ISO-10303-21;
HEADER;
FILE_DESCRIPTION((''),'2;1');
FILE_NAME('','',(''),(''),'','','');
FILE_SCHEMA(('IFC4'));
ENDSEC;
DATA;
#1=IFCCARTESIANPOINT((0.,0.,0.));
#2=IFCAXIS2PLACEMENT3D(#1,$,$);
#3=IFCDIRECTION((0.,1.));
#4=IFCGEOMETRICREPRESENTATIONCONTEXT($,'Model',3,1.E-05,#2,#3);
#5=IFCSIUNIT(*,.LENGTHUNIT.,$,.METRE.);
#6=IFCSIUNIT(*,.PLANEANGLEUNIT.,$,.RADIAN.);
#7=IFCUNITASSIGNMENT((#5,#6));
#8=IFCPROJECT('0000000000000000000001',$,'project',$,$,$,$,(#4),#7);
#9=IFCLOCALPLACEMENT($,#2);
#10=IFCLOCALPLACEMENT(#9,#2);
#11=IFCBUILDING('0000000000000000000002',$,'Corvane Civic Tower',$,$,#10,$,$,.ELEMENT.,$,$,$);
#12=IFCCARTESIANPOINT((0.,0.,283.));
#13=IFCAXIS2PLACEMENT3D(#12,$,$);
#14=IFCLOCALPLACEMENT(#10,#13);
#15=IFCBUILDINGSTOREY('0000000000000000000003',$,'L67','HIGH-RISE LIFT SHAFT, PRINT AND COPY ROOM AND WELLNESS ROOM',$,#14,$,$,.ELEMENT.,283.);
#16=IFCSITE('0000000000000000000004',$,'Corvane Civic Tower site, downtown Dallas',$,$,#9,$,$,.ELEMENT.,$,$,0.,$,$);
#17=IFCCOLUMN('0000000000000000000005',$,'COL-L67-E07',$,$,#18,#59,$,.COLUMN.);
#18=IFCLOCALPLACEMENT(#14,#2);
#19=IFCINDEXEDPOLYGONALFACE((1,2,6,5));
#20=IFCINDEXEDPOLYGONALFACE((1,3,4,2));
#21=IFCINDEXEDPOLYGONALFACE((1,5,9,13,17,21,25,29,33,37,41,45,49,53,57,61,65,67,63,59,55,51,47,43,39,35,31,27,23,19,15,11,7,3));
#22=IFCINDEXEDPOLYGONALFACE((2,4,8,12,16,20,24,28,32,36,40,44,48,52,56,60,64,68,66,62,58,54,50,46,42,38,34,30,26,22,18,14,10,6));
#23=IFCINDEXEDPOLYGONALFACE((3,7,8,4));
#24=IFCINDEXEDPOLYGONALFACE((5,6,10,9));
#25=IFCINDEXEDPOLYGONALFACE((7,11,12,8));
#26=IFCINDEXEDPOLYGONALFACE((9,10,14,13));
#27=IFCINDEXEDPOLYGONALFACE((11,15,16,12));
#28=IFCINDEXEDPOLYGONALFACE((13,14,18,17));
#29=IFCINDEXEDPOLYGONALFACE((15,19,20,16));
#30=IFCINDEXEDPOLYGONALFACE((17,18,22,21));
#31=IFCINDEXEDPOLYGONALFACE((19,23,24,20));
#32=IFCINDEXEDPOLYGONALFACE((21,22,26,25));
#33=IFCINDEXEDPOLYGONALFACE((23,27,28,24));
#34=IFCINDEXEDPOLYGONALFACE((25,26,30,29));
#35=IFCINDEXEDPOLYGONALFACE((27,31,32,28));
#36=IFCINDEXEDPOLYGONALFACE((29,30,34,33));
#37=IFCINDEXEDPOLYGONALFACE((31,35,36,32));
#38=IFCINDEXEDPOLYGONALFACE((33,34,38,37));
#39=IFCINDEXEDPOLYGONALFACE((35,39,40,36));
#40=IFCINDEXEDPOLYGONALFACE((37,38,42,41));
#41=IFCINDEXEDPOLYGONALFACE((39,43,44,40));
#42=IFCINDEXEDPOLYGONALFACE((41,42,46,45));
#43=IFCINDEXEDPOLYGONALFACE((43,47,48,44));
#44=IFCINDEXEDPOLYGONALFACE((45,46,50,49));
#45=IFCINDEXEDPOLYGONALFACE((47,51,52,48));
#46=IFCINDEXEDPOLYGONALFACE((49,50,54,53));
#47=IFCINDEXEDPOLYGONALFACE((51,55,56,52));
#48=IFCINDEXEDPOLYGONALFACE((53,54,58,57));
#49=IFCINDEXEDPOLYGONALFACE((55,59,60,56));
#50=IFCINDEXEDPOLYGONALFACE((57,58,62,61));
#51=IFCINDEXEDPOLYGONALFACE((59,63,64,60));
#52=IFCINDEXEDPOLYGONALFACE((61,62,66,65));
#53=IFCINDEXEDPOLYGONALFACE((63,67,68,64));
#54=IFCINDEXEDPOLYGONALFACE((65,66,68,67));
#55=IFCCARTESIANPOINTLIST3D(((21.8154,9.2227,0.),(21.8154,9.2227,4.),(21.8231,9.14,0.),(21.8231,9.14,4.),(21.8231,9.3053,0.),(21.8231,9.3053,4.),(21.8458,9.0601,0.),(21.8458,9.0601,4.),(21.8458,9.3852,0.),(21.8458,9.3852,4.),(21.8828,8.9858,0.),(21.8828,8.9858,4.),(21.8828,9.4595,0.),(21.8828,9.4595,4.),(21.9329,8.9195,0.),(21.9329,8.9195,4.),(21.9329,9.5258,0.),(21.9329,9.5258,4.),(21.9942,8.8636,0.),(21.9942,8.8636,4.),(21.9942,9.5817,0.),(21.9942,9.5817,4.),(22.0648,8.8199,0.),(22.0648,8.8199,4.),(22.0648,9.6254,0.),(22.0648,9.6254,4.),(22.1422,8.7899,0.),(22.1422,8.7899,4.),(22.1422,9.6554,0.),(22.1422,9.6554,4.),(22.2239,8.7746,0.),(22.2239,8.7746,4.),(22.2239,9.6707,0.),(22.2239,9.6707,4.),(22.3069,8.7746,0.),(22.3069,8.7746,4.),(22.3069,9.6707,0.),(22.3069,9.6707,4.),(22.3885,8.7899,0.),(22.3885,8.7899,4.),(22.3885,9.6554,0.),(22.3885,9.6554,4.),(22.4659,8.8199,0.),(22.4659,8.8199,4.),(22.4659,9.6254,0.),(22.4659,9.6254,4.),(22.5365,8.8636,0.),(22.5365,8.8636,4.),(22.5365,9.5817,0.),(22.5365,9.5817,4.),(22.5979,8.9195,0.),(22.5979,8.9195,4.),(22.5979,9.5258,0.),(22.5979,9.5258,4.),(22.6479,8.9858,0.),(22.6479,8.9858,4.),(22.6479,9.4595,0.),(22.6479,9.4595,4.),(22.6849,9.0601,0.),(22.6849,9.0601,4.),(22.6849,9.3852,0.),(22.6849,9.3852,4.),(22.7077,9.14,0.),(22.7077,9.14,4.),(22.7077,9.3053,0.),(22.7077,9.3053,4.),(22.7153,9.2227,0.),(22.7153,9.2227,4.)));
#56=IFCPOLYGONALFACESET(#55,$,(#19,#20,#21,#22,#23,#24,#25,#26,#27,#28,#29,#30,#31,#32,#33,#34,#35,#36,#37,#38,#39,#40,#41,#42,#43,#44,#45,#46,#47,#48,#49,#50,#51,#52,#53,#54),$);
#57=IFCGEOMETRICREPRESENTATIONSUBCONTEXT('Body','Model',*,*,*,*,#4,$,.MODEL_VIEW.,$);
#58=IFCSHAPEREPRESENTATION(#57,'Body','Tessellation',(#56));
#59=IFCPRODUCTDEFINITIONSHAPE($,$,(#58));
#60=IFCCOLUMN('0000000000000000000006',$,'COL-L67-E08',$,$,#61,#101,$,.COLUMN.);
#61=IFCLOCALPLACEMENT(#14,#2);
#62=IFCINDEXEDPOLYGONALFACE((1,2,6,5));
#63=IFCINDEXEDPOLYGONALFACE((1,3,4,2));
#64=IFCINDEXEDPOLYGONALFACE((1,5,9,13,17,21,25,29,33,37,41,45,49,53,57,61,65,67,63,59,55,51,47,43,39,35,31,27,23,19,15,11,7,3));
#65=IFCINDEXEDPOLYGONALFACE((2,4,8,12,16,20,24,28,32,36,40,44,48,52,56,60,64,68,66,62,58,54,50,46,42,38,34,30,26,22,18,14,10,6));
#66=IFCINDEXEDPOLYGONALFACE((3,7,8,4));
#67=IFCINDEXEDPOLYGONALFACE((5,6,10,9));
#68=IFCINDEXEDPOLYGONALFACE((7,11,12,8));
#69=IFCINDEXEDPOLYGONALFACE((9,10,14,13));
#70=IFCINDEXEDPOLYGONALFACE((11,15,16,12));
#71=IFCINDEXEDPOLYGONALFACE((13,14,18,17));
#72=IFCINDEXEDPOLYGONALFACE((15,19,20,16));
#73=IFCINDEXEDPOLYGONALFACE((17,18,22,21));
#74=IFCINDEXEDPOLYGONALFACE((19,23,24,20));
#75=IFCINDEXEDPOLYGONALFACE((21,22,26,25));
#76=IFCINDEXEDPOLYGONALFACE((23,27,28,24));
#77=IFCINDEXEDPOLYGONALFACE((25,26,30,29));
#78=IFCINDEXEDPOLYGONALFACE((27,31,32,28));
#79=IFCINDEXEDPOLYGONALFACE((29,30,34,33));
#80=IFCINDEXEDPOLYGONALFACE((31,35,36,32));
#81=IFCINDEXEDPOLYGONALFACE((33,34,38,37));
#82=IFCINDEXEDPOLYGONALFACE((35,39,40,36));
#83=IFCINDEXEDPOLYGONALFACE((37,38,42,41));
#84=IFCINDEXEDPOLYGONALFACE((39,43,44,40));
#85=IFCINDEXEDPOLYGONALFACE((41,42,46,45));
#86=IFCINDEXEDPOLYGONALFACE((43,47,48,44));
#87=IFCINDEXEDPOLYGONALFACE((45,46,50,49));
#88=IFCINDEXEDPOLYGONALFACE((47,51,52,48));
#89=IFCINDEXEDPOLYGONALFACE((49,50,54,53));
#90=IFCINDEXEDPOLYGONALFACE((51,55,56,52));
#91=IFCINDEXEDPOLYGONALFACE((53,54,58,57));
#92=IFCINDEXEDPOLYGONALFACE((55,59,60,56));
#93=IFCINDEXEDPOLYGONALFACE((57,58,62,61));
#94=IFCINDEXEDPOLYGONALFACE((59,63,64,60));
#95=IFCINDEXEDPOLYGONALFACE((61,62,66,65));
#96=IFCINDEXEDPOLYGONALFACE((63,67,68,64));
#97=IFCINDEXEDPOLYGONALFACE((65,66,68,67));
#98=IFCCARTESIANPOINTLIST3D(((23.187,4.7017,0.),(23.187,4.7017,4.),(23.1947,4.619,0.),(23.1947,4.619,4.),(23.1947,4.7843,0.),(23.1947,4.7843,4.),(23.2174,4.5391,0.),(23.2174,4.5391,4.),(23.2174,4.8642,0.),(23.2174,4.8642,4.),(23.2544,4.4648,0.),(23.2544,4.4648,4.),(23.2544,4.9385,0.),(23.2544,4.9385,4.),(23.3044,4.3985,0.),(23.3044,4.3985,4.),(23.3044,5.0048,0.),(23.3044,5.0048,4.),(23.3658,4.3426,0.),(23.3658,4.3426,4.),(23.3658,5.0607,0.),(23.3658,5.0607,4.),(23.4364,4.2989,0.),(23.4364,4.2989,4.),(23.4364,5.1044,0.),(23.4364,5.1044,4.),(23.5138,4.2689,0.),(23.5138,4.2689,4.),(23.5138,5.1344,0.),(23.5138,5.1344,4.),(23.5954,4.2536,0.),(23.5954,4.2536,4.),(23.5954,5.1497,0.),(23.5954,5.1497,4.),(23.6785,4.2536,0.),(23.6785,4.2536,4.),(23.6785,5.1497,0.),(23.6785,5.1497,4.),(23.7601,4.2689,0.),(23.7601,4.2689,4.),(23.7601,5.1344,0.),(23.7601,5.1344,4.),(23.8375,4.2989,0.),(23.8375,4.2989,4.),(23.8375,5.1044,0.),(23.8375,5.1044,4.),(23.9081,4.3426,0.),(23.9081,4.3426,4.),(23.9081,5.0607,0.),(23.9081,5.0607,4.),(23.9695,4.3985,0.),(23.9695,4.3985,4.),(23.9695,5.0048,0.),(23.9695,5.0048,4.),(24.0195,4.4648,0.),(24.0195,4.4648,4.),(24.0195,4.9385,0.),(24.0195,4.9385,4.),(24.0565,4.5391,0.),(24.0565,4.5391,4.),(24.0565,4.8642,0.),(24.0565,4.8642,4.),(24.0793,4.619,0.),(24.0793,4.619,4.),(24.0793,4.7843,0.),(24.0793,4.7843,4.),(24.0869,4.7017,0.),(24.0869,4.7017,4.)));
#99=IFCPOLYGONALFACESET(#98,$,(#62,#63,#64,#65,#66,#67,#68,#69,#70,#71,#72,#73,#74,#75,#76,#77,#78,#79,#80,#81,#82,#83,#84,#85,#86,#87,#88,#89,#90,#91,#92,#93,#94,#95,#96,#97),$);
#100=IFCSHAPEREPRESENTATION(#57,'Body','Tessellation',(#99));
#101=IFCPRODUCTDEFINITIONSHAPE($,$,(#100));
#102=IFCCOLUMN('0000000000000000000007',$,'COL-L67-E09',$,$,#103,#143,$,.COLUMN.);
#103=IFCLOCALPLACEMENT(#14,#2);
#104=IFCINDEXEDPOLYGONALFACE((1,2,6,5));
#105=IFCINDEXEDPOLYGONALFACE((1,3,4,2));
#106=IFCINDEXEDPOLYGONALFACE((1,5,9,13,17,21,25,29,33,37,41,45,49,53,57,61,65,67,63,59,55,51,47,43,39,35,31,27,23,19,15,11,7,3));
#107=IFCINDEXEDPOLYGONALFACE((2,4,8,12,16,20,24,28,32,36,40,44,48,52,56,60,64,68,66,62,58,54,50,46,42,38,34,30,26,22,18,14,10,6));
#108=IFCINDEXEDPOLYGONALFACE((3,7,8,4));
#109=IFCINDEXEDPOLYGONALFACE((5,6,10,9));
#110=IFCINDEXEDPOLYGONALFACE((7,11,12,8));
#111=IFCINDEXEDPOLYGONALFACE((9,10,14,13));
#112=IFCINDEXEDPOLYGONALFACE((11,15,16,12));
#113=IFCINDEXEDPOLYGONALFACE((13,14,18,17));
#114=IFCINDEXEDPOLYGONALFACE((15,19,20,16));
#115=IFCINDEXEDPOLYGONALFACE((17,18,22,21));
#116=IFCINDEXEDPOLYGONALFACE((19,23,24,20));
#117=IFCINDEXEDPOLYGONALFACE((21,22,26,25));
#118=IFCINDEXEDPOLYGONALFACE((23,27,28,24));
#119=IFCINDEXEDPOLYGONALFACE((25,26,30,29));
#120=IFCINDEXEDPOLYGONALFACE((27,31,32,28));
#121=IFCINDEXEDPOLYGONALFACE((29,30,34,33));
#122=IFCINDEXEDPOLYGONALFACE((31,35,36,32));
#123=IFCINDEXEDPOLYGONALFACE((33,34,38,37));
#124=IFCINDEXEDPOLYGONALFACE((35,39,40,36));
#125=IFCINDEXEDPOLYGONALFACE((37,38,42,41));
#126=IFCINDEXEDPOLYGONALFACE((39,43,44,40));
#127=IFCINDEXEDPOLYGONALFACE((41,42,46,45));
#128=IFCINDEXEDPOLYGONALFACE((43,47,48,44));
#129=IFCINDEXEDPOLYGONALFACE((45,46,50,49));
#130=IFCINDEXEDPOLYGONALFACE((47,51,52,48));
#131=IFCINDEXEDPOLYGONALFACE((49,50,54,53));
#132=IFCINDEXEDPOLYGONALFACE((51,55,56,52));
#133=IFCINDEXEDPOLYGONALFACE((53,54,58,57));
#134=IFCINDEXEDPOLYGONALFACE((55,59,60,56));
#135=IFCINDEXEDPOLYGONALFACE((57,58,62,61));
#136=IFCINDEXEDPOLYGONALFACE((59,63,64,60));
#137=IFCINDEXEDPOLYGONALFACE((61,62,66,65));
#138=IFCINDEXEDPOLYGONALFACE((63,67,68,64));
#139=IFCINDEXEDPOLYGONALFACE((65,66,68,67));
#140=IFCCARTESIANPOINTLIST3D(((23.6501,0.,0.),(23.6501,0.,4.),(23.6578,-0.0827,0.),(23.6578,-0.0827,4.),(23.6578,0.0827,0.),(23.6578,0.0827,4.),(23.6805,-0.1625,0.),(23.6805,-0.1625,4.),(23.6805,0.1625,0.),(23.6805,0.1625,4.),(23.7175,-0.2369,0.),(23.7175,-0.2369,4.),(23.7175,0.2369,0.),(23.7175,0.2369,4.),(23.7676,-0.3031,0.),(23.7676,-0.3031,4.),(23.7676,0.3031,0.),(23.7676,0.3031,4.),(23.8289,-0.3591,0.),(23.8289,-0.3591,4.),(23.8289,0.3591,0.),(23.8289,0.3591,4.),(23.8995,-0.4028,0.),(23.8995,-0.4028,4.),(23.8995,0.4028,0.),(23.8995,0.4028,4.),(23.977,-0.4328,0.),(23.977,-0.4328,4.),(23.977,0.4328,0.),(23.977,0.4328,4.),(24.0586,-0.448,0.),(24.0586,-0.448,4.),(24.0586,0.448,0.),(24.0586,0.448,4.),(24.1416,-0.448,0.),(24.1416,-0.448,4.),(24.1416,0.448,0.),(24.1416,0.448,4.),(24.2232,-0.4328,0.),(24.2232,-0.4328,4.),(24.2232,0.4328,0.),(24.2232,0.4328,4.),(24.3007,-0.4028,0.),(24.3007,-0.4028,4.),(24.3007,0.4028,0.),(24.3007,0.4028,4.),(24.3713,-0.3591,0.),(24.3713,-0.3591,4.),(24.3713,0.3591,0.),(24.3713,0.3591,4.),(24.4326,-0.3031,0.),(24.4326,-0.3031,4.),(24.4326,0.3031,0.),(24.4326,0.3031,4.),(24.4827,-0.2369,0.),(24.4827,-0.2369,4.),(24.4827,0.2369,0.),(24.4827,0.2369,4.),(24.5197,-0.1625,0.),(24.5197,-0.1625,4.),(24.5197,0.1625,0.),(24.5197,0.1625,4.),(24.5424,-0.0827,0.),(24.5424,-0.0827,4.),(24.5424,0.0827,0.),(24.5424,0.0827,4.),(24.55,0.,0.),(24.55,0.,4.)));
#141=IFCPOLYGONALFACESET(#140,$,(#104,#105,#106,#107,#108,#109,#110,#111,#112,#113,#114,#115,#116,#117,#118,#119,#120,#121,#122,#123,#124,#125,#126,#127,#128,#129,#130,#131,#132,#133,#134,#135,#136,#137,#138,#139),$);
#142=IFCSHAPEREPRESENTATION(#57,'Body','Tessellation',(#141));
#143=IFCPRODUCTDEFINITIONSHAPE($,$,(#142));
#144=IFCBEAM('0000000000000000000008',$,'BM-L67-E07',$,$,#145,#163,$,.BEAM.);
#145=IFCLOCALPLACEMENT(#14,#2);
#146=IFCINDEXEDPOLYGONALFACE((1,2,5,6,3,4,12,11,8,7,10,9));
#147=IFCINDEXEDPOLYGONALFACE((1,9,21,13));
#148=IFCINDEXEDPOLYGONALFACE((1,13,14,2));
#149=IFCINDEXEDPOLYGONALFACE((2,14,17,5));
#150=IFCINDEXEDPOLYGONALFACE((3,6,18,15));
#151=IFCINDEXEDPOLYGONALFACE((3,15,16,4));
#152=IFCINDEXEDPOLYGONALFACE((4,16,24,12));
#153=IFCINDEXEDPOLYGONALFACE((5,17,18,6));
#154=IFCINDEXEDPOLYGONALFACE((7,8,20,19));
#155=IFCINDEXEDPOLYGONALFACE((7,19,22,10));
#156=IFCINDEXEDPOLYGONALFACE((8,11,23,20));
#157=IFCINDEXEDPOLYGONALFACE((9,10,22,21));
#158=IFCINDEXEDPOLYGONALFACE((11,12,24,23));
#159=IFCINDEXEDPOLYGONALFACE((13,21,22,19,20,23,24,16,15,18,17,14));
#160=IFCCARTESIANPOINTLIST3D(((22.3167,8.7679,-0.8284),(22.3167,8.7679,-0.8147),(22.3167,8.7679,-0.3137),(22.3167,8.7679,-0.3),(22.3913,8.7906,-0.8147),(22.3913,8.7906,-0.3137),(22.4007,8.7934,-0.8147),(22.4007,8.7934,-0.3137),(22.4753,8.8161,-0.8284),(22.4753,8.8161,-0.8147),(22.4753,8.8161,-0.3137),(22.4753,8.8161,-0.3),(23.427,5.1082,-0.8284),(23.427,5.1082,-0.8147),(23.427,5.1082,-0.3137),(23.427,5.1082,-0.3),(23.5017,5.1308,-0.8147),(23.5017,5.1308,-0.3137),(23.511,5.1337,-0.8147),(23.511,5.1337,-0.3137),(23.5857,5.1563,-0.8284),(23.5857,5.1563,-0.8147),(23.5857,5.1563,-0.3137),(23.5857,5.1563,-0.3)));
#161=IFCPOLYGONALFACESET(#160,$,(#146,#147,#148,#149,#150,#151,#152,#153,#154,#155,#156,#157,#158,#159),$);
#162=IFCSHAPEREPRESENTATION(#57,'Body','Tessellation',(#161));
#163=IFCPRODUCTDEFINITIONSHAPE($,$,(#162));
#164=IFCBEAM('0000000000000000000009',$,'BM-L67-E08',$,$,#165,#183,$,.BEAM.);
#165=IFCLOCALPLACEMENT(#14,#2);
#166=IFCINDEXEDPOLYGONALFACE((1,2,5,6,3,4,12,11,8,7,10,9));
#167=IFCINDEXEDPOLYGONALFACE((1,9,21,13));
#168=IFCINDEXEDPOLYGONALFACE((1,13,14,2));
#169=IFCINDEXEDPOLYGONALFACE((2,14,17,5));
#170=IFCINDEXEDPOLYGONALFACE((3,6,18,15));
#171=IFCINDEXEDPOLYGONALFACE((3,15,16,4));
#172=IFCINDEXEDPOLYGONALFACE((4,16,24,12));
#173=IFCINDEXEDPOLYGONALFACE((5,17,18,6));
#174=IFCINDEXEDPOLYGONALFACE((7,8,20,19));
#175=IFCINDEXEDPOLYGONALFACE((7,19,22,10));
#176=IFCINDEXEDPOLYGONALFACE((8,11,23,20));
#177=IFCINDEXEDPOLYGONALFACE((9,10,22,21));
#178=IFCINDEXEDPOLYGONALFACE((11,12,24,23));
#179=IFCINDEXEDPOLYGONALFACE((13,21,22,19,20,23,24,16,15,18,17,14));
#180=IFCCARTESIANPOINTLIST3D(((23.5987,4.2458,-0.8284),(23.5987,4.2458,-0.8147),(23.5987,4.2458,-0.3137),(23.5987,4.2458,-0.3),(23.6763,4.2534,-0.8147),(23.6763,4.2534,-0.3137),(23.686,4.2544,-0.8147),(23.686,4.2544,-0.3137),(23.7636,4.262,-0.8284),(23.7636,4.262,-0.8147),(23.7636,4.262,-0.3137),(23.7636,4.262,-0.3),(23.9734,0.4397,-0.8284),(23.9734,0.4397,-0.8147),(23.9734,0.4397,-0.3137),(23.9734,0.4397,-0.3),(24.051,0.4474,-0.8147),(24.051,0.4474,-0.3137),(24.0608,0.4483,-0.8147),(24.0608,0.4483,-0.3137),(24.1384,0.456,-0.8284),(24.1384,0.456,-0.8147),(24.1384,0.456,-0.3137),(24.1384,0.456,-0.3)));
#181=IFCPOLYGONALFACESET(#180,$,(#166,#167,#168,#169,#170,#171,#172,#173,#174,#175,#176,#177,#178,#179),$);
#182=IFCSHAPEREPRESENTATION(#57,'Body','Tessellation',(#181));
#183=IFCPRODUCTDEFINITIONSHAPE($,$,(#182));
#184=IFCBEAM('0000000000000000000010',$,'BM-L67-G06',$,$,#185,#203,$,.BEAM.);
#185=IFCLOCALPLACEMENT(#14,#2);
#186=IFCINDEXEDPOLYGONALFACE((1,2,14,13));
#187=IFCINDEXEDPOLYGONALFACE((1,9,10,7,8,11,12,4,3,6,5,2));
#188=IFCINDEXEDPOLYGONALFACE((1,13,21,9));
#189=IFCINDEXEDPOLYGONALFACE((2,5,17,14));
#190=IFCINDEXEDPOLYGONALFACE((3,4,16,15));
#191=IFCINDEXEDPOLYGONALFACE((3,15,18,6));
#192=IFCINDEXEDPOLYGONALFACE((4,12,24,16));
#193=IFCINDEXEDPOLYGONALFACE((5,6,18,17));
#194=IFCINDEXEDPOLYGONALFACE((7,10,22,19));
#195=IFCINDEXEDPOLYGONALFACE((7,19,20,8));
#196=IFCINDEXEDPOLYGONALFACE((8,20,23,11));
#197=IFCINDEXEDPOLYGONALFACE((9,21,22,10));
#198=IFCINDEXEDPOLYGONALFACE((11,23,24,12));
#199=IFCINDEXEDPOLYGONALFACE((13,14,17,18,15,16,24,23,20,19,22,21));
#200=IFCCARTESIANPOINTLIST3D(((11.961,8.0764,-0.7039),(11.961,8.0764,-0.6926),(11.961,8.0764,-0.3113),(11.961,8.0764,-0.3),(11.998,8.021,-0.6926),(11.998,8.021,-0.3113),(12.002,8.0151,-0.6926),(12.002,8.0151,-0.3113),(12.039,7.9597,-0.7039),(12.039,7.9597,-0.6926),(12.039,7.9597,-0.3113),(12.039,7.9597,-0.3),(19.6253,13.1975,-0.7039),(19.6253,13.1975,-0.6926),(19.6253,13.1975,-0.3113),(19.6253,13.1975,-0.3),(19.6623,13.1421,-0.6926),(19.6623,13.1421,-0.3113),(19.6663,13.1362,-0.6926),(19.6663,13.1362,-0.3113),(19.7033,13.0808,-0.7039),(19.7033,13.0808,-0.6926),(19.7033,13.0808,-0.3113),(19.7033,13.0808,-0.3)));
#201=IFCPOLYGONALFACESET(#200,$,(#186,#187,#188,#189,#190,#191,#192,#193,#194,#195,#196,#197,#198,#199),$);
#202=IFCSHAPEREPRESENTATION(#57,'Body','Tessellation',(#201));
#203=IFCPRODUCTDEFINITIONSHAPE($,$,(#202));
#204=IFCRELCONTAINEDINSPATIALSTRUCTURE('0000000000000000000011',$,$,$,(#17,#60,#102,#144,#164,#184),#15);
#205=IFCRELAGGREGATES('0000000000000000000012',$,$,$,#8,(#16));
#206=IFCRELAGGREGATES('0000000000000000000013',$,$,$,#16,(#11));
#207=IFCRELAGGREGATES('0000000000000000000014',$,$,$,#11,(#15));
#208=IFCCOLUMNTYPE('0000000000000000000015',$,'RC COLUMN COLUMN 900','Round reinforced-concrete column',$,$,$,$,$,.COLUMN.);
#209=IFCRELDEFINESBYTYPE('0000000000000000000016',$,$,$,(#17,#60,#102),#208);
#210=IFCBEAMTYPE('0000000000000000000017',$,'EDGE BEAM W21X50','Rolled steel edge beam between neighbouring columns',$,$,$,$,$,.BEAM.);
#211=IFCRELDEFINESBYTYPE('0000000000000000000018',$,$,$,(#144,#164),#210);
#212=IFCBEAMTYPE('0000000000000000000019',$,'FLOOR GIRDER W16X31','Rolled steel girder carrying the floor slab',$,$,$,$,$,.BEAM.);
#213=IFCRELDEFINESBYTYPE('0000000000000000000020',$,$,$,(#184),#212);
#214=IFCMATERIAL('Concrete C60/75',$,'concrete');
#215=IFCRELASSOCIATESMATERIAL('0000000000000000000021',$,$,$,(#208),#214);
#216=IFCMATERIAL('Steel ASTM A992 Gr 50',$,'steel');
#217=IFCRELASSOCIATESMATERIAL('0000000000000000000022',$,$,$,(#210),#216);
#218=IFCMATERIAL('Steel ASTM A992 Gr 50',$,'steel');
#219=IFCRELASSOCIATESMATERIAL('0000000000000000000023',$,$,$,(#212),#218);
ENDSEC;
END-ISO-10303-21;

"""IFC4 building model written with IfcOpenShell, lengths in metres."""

from ifc_helpers import new_model, si_unit, direction, frame, origin, origin_2d, place, context, subcontext, project, spatial, circle, i_section, extrude, material, material_profile, profile_set, type_object, element, save


model = new_model("IFC4")

# Units and contexts
model_context = context("Model", 3, precision=1e-05, world=origin(), true_north=direction((0.0, 1.0)))
body_context = subcontext(model_context, "Body", "Model", "MODEL_VIEW")
ifc_project = project(units=[si_unit("LENGTHUNIT", "METRE"), si_unit("PLANEANGLEUNIT", "RADIAN")], contexts=[model_context])

# Site, building, storey
site_placement = place(None, origin())
site = spatial("IfcSite", under=ifc_project, at=site_placement, Name="Corvane Civic Tower site, downtown Dallas", CompositionType="ELEMENT", RefElevation=0.0)
building_placement = place(site_placement, origin())
building = spatial("IfcBuilding", under=site, at=building_placement, Name="Corvane Civic Tower", CompositionType="ELEMENT")
storey_placement = place(building_placement, frame((0.0, 0.0, 283.0)))
storey = spatial("IfcBuildingStorey", under=building, at=storey_placement, Name="L67", Description="HIGH-RISE LIFT SHAFT, PRINT AND COPY ROOM AND WELLNESS ROOM", CompositionType="ELEMENT", Elevation=283.0)

# Columns
ifc_material_1 = material(Name="Concrete C60/75", Category="concrete")
ifc_material_profile_1 = material_profile(ifc_material_1, circle(Radius=0.45, at=origin_2d()), Name="COLUMN 900")
ifc_profile_set_1 = profile_set([ifc_material_profile_1], Name="Concrete C60/75")
column_type = type_object("IfcColumnType", Name="RC COLUMN COLUMN 900", Description="Round reinforced-concrete column", PredefinedType="COLUMN", material=ifc_profile_set_1)
for number, where, z_axis, x_axis, name in (
    (1, (22.2654, 9.2227, 0.0), (0.0, 0.0, 1.0), (1.0, 0.0, 0.0), "COL-L67-E07"),
    (2, (23.637, 4.7017, 0.0), (0.0, 0.0, 1.0), (1.0, 0.0, 0.0), "COL-L67-E08"),
    (3, (24.1001, 0.0, 0.0), (0.0, 0.0, 1.0), (1.0, 0.0, 0.0), "COL-L67-E09"),
):
    element("IfcColumn", number, at=place(storey_placement, frame(where, z_axis=z_axis, x_axis=x_axis)), inside=storey, type_object=column_type, Name=name, PredefinedType="COLUMN", context=body_context, shape_type="SweptSolid", body=[
        extrude(circle(Radius=0.45, at=origin_2d()), origin(), (0.0, 0.0, 1.0), 4.0),
    ])

# Beams
ifc_material_2 = material(Name="Steel ASTM A992 Gr 50", Category="steel")
ifc_material_profile_2 = material_profile(ifc_material_2, i_section(OverallWidth=0.1658, OverallDepth=0.5283, WebThickness=0.0098, FlangeThickness=0.0137, at=origin_2d()), Name="W21X50")
ifc_profile_set_2 = profile_set([ifc_material_profile_2], Name="Steel ASTM A992 Gr 50")
beam_type_1 = type_object("IfcBeamType", Name="EDGE BEAM W21X50", Description="Rolled steel edge beam between neighbouring columns", PredefinedType="BEAM", material=ifc_profile_set_2)
for number, where, z_axis, x_axis, name in (
    (4, (22.396, 8.792, -0.5642), (0.290333, -0.956926, 0.0), (0.956926, 0.290333, 0.0), "BM-L67-E07"),
    (5, (23.6812, 4.2539, -0.5642), (0.097987, -0.995188, 0.0), (0.995188, 0.097987, 0.0), "BM-L67-E08"),
):
    element("IfcBeam", number, at=place(storey_placement, frame(where, z_axis=z_axis, x_axis=x_axis)), inside=storey, type_object=beam_type_1, Name=name, PredefinedType="BEAM", context=body_context, shape_type="SweptSolid", body=[
        extrude(i_section(OverallWidth=0.1658, OverallDepth=0.5283, WebThickness=0.0098, FlangeThickness=0.0137, at=origin_2d()), origin(), (0.0, 0.0, 1.0), 3.8245),
    ])
ifc_material_3 = material(Name="Steel ASTM A992 Gr 50", Category="steel")
ifc_material_profile_3 = material_profile(ifc_material_3, i_section(OverallWidth=0.1404, OverallDepth=0.4038, WebThickness=0.0071, FlangeThickness=0.0112, at=origin_2d()), Name="W16X31")
ifc_profile_set_3 = profile_set([ifc_material_profile_3], Name="Steel ASTM A992 Gr 50")
beam_type_2 = type_object("IfcBeamType", Name="FLOOR GIRDER W16X31", Description="Rolled steel girder carrying the floor slab", PredefinedType="BEAM", material=ifc_profile_set_3)
beam_1_placement = place(storey_placement, frame((12.0, 8.0181, -0.502), z_axis=(0.831471, 0.555568, 0.0), x_axis=(-0.555568, 0.831471, 0.0)))
element("IfcBeam", 6, at=beam_1_placement, inside=storey, type_object=beam_type_2, Name="BM-L67-G06", PredefinedType="BEAM", context=body_context, shape_type="SweptSolid", body=[
    extrude(i_section(OverallWidth=0.1404, OverallDepth=0.4038, WebThickness=0.0071, FlangeThickness=0.0112, at=origin_2d()), origin(), (0.0, 0.0, 1.0), 9.2178),
])

save(model, "model.ifc")
